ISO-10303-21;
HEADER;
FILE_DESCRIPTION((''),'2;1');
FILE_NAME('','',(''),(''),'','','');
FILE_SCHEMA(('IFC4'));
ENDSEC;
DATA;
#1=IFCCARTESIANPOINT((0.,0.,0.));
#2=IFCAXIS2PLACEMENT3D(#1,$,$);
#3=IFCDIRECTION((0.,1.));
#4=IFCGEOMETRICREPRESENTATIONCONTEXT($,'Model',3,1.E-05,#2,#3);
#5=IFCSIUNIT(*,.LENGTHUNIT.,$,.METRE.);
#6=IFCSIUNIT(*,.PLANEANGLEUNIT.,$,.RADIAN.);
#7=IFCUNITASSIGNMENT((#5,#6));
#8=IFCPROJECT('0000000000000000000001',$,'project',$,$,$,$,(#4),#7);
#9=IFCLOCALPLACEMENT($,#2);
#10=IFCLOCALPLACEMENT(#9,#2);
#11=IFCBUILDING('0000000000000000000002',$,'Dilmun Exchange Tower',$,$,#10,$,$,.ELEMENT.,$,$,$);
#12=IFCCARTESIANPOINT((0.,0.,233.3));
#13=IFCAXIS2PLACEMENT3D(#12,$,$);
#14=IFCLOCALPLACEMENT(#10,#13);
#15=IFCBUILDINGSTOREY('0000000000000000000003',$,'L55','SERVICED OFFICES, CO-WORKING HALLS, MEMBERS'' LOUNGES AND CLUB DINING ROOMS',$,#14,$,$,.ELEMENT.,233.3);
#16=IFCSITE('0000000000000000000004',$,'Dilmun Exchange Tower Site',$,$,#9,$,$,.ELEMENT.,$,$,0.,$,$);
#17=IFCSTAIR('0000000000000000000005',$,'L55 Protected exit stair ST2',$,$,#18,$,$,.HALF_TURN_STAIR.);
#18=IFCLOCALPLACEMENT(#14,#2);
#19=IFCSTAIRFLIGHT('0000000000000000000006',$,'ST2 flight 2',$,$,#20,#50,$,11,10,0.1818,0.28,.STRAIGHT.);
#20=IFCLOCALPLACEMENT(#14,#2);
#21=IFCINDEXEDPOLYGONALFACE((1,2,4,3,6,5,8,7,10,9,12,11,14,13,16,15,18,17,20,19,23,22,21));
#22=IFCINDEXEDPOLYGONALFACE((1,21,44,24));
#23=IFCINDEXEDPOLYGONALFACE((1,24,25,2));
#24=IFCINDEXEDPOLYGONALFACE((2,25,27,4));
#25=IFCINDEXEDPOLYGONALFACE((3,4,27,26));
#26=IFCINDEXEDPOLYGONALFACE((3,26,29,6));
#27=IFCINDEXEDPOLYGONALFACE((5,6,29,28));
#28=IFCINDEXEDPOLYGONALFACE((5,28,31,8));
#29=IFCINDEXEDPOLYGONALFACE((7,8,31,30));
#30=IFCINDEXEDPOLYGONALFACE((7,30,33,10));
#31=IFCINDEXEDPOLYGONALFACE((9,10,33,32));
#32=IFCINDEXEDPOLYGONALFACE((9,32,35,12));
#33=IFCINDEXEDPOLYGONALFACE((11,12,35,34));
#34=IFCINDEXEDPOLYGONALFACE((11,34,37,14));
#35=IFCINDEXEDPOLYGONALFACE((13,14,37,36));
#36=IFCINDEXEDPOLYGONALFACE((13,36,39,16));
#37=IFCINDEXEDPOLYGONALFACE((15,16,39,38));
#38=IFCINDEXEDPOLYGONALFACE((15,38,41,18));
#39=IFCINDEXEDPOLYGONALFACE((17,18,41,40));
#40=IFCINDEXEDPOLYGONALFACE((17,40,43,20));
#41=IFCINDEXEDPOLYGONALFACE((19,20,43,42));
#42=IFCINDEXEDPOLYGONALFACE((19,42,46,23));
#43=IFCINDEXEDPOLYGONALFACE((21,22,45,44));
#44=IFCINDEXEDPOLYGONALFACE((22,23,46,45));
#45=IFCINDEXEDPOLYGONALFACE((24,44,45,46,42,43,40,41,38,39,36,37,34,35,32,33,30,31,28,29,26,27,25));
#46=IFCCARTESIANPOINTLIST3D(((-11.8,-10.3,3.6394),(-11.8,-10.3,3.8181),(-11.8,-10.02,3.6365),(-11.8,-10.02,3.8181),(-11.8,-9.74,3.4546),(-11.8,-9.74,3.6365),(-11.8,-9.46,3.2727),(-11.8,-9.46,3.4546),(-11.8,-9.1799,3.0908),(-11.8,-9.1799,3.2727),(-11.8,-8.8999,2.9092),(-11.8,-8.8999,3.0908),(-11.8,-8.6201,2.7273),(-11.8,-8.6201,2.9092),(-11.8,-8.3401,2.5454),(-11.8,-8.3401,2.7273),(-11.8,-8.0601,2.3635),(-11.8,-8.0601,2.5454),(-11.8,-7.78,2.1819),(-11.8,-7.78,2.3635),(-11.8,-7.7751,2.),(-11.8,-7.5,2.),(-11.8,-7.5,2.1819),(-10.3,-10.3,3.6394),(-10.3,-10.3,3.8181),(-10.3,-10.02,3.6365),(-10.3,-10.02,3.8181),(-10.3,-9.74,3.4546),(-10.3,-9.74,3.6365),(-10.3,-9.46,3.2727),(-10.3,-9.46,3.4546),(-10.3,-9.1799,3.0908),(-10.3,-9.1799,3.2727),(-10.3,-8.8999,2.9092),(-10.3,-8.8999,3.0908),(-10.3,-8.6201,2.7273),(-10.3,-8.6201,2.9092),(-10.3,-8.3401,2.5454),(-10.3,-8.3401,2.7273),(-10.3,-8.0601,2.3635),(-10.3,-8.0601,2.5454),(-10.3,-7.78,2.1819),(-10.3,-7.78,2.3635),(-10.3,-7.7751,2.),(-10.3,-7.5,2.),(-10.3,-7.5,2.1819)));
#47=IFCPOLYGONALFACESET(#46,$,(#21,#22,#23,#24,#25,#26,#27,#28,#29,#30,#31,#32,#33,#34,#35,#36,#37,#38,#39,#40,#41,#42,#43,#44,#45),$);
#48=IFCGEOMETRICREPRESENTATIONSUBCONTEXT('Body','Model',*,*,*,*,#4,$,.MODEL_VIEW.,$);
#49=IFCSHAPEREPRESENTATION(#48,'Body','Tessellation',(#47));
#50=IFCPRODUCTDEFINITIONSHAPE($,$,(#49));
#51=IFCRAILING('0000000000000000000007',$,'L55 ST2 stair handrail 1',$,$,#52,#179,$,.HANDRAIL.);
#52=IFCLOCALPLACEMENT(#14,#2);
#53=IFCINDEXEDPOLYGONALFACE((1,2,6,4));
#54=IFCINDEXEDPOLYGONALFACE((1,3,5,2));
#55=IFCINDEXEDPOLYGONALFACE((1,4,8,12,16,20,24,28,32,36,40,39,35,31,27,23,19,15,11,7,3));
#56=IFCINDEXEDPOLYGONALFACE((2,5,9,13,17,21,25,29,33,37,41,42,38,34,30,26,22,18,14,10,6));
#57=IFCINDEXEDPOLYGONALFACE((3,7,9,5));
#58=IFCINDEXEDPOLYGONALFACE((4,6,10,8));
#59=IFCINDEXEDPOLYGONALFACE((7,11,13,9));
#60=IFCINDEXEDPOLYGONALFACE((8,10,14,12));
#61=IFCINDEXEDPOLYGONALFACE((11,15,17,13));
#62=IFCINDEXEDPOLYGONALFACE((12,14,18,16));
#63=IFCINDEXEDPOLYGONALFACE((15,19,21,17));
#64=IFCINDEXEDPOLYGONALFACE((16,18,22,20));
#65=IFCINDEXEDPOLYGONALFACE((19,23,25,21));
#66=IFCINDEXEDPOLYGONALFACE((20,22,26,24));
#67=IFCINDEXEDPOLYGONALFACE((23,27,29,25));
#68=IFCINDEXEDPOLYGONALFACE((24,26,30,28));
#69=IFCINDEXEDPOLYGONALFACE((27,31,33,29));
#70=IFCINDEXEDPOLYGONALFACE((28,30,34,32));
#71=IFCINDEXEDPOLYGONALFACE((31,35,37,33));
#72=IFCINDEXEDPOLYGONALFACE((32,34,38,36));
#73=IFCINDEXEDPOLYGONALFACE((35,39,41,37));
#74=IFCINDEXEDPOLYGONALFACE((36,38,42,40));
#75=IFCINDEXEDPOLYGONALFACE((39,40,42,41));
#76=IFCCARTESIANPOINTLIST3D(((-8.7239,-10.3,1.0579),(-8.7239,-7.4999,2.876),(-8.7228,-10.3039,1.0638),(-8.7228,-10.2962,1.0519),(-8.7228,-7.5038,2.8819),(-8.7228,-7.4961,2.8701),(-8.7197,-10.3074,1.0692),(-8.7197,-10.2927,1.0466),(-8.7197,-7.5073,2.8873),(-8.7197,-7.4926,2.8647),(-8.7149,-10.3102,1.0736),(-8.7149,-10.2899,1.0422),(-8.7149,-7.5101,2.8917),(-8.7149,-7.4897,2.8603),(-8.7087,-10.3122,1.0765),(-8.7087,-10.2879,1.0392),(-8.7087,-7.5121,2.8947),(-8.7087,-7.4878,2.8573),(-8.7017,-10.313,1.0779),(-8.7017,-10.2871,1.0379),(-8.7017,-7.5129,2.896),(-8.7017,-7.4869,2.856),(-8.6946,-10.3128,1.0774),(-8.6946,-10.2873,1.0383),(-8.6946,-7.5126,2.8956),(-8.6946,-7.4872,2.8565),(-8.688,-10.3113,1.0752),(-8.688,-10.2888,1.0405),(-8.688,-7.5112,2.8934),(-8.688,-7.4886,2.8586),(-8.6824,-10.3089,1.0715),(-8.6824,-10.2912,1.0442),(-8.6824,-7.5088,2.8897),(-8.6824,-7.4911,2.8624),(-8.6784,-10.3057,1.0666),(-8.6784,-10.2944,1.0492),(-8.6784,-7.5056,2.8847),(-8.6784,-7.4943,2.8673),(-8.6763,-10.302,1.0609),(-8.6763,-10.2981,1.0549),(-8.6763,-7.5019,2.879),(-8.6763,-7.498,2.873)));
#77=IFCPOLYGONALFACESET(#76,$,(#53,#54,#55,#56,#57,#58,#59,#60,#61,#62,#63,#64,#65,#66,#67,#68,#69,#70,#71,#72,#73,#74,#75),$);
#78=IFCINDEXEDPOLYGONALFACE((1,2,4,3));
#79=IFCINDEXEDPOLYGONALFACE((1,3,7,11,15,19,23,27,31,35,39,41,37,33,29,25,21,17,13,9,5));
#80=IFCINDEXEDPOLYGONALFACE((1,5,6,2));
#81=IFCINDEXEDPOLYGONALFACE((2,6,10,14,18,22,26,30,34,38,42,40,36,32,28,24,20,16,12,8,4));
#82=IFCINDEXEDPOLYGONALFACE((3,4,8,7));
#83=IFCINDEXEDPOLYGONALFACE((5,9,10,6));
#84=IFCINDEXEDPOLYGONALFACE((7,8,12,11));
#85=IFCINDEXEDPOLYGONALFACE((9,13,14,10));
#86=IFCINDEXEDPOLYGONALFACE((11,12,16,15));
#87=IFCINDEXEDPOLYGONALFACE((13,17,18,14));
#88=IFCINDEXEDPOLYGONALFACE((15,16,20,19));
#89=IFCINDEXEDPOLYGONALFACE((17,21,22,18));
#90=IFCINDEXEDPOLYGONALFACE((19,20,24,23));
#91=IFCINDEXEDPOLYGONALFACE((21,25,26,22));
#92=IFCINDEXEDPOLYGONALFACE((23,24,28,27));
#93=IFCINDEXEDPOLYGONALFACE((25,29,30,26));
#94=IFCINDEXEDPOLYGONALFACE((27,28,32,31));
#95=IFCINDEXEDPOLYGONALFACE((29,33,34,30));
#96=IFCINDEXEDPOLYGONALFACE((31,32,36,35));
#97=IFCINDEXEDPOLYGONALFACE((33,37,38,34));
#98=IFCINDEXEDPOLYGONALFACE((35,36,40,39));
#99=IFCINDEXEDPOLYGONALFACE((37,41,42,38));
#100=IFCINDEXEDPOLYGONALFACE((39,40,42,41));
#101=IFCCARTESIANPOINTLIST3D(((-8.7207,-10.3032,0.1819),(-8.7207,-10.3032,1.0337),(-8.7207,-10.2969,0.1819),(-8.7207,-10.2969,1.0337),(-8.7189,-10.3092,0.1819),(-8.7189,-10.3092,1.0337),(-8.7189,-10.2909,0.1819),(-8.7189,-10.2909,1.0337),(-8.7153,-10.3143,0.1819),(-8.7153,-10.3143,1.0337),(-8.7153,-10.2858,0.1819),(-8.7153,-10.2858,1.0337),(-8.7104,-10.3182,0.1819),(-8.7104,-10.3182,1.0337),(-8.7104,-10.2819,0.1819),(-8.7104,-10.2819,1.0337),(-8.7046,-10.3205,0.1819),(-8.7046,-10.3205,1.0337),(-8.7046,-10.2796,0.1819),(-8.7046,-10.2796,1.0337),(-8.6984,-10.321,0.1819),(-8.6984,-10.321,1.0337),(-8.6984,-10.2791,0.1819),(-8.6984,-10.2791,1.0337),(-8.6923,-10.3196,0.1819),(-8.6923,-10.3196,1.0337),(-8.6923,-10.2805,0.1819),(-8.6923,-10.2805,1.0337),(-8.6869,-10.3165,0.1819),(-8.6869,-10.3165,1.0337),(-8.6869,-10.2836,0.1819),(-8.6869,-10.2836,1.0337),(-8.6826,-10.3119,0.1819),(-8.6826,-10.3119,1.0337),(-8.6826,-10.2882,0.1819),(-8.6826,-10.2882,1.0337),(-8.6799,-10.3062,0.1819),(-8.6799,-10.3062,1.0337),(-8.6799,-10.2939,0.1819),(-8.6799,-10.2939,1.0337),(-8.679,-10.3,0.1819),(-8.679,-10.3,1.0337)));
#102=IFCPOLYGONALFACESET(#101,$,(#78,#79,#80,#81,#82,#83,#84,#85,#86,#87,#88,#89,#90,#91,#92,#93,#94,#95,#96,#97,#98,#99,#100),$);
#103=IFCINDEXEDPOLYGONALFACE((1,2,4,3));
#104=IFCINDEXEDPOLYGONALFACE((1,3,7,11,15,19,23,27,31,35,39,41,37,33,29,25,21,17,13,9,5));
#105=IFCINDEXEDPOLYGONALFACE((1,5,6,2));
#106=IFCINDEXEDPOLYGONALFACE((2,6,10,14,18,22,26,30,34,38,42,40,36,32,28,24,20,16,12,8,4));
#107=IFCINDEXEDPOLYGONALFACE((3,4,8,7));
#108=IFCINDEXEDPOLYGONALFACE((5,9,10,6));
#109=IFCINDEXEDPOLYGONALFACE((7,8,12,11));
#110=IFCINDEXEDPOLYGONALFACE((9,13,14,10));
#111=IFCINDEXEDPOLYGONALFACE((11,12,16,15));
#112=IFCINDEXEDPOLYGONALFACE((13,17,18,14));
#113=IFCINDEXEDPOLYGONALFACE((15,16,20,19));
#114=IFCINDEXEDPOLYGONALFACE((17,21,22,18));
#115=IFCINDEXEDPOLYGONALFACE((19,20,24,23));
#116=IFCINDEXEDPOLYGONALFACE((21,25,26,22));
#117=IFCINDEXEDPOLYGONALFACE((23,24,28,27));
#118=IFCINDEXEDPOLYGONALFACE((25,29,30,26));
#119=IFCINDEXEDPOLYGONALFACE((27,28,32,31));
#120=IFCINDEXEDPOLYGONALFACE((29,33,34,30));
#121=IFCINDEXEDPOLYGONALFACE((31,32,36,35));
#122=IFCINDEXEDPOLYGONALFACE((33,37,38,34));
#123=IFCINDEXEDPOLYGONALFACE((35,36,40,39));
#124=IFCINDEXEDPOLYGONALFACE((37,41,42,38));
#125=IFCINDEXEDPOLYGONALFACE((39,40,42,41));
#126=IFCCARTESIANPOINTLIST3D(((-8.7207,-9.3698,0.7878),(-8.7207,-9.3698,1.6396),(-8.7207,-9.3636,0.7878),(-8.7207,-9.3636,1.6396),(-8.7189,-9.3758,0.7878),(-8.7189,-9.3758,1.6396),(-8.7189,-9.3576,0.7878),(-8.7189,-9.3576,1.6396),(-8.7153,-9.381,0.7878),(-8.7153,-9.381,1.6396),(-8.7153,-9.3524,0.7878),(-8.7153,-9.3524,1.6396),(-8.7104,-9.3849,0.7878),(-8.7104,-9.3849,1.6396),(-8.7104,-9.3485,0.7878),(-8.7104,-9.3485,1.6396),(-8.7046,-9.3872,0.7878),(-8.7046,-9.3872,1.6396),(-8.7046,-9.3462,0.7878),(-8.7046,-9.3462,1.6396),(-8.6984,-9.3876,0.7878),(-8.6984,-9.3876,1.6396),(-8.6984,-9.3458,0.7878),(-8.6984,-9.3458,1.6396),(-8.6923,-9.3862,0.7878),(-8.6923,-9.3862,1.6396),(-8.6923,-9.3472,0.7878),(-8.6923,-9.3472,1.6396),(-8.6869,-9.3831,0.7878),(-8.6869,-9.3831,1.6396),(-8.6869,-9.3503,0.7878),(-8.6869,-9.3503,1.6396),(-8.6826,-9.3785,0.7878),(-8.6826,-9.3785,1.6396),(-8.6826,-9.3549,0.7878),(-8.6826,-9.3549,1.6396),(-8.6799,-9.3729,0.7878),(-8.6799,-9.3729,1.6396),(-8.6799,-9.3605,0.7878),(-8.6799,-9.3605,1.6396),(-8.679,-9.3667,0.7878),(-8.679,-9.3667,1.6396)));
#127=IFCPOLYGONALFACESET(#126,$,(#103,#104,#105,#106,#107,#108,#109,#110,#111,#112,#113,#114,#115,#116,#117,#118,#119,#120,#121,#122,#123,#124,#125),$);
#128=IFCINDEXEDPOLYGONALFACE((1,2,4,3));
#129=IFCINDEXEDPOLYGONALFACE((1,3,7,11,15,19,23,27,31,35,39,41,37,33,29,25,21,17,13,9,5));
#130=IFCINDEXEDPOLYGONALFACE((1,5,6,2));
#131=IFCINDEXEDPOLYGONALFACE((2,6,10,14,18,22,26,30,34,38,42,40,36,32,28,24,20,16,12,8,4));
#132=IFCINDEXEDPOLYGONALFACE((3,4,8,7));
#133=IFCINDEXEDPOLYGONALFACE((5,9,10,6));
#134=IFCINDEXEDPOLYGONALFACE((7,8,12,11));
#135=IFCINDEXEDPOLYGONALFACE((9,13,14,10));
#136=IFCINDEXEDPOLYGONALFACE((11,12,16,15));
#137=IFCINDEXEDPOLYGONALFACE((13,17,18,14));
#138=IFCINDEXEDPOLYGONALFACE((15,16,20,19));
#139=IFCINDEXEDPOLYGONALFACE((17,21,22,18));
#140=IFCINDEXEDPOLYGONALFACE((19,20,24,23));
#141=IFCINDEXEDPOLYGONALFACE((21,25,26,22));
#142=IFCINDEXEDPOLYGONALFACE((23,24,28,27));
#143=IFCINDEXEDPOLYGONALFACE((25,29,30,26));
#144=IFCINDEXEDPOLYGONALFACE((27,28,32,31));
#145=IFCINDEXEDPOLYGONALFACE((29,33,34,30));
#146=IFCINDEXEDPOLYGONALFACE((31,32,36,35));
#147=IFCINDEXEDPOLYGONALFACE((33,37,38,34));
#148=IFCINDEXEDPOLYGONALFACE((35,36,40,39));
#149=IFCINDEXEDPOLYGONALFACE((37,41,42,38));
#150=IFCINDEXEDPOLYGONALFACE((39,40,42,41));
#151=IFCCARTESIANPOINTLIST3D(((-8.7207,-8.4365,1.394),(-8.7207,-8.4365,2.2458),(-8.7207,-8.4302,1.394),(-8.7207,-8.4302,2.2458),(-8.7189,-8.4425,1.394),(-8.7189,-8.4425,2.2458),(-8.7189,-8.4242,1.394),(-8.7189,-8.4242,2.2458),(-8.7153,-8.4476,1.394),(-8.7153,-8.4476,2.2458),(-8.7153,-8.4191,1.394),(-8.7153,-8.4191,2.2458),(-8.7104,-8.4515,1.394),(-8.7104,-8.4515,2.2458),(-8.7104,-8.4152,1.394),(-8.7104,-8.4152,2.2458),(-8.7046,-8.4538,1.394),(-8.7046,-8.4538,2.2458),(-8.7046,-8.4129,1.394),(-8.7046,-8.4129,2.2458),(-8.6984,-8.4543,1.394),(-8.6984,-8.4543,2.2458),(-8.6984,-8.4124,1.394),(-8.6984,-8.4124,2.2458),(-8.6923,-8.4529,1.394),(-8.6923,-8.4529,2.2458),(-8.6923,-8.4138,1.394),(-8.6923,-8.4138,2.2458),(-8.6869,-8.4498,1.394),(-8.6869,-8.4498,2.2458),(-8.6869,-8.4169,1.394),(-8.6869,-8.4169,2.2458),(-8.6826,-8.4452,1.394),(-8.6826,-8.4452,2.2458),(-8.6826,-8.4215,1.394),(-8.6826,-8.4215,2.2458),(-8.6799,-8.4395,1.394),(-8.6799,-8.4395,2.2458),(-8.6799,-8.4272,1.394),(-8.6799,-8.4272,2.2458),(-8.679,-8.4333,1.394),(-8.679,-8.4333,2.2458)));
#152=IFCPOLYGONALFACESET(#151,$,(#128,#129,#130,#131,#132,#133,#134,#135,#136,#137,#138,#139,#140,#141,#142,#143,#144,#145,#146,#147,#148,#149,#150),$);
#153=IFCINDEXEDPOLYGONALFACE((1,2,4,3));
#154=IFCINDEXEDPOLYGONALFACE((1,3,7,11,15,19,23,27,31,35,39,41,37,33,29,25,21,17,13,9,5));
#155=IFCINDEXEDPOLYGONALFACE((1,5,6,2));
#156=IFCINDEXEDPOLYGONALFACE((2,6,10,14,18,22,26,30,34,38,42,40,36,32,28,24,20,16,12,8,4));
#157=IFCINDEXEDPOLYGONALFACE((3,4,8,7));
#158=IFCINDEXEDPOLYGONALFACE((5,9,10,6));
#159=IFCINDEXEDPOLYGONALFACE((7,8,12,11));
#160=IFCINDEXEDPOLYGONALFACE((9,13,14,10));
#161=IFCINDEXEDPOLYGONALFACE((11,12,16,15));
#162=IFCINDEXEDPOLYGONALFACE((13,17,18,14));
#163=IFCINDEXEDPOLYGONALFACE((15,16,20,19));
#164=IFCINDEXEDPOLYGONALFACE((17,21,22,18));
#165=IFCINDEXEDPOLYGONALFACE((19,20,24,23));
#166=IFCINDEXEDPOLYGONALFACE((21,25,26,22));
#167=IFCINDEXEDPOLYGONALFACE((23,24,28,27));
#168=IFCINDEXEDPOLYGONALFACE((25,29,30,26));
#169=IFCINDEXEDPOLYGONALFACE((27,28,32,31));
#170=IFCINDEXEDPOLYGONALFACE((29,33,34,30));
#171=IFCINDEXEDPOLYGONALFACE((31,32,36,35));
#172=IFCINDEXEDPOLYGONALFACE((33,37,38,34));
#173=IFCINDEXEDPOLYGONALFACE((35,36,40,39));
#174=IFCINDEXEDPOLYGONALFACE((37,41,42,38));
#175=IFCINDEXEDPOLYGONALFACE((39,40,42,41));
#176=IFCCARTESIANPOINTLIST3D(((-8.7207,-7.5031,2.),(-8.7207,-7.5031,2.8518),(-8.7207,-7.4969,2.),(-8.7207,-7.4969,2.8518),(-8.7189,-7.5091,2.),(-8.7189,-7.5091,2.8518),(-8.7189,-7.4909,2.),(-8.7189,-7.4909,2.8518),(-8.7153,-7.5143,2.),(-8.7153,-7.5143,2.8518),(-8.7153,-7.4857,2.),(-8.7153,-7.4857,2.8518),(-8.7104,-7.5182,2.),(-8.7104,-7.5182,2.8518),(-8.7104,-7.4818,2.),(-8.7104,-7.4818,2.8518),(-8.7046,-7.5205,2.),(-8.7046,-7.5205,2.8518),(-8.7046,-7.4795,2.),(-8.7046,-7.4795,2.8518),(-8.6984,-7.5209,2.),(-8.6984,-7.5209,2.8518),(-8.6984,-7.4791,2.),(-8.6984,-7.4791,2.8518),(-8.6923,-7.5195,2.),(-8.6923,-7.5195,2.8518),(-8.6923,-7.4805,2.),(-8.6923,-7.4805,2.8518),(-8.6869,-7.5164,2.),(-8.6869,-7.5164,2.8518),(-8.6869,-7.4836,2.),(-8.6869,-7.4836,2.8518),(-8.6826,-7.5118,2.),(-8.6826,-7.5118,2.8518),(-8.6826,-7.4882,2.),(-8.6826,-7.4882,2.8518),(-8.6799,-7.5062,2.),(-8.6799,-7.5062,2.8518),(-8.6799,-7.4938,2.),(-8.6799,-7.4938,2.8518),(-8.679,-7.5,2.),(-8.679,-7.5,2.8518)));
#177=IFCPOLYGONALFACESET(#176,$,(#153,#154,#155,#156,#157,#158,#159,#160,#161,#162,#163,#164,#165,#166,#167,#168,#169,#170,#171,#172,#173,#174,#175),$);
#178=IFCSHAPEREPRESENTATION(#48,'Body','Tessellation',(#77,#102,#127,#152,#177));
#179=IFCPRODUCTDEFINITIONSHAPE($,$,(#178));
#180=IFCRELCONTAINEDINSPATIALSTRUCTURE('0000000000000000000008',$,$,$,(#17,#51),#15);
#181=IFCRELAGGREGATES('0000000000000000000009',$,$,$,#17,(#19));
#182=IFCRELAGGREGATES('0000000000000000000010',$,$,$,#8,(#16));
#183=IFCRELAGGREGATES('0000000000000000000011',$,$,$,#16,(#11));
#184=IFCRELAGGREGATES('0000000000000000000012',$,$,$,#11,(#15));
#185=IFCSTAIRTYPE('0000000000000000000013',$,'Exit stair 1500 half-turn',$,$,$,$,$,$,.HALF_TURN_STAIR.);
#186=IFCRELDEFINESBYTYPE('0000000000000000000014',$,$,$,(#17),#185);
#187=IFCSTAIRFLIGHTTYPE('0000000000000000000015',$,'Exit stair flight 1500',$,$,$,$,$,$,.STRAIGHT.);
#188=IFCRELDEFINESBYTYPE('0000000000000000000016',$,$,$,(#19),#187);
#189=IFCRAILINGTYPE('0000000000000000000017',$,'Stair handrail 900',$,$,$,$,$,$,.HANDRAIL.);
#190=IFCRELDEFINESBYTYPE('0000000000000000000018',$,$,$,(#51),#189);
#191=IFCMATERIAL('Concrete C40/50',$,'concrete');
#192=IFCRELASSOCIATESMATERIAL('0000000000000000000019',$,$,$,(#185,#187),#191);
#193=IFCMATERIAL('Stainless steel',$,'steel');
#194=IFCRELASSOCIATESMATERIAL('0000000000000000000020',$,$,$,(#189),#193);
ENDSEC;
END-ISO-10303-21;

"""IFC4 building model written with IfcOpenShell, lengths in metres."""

from ifc_helpers import new_model, si_unit, direction, frame, origin, origin_2d, place, context, subcontext, project, spatial, polyline, circle, outline, extrude, material, type_object, element, aggregate, save


model = new_model("IFC4")

# Units and contexts
model_context = context("Model", 3, precision=1e-05, world=origin(), true_north=direction((0.0, 1.0)))
body_context = subcontext(model_context, "Body", "Model", "MODEL_VIEW")
ifc_project = project(units=[si_unit("LENGTHUNIT", "METRE"), si_unit("PLANEANGLEUNIT", "RADIAN")], contexts=[model_context])

# Site, building, storey
site_placement = place(None, origin())
site = spatial("IfcSite", under=ifc_project, at=site_placement, Name="Dilmun Exchange Tower Site", CompositionType="ELEMENT", RefElevation=0.0)
building_placement = place(site_placement, origin())
building = spatial("IfcBuilding", under=site, at=building_placement, Name="Dilmun Exchange Tower", CompositionType="ELEMENT")
storey_placement = place(building_placement, frame((0.0, 0.0, 233.3)))
storey = spatial("IfcBuildingStorey", under=building, at=storey_placement, Name="L55", Description="SERVICED OFFICES, CO-WORKING HALLS, MEMBERS' LOUNGES AND CLUB DINING ROOMS", CompositionType="ELEMENT", Elevation=233.3)

# Shared definitions
ifc_material_1 = material(Name="Concrete C40/50", Category="concrete")

# Stair, stair flight
stair_type = type_object("IfcStairType", Name="Exit stair 1500 half-turn", PredefinedType="HALF_TURN_STAIR", material=ifc_material_1)
stair_placement = place(storey_placement, origin())
stair = element("IfcStair", 1, at=stair_placement, inside=storey, type_object=stair_type, Name="L55 Protected exit stair ST2", PredefinedType="HALF_TURN_STAIR")
stair_flight_type = type_object("IfcStairFlightType", Name="Exit stair flight 1500", PredefinedType="STRAIGHT", material=ifc_material_1)
stair_flight_placement = place(storey_placement, frame((-11.05, -7.5, 2.0), z_axis=(0.0, 0.0, 1.0), x_axis=(0.0, -1.0, 0.0)))
stair_flight = element("IfcStairFlight", 2, at=stair_flight_placement, type_object=stair_flight_type, Name="ST2 flight 2", NumberOfRisers=11, NumberOfTreads=10, PredefinedType="STRAIGHT", RiserHeight=0.1818, TreadLength=0.28, context=body_context, shape_type="SweptSolid", body=[
    extrude(outline(polyline([(0.0, 0.0), (0.0, 0.1819), (0.28, 0.1819), (0.28, 0.3635), (0.5601, 0.3635), (0.5601, 0.5454), (0.8401, 0.5454), (0.8401, 0.7273), (1.1201, 0.7273), (1.1201, 0.9092), (1.3999, 0.9092), (1.3999, 1.0908), (1.6799, 1.0908), (1.6799, 1.2727), (1.96, 1.2727), (1.96, 1.4546), (2.24, 1.4546), (2.24, 1.6365), (2.52, 1.6365), (2.52, 1.8181), (2.8, 1.8181), (2.8, 2.0), (2.8, 1.6394), (0.2751, 0.0), (0.0, 0.0)])), frame((0.0, 0.75, 0.0), z_axis=(0.0, -1.0, 0.0), x_axis=(1.0, 0.0, 0.0)), (0.0, 0.0, 1.0), 1.5),
])
aggregate(stair, [stair_flight])

# Railing
ifc_material_2 = material(Name="Stainless steel", Category="steel")
railing_type = type_object("IfcRailingType", Name="Stair handrail 900", PredefinedType="HANDRAIL", material=ifc_material_2)
railing_1_placement = place(storey_placement, frame((-8.7, -10.3, 0.1819)))
element("IfcRailing", 3, at=railing_1_placement, inside=storey, type_object=railing_type, Name="L55 ST2 stair handrail 1", PredefinedType="HANDRAIL", context=body_context, shape_type="SweptSolid", body=[
    extrude(circle(Radius=0.0239, at=origin_2d()), frame((0.0, 0.0, 0.876), z_axis=(0.0, 0.838706, 0.544585), x_axis=(-1.0, 0.0, 0.0)), (0.0, 0.0, 1.0), 3.3386),
    extrude(circle(Radius=0.021, at=origin_2d()), origin(), (0.0, 0.0, 1.0), 0.8518),
    extrude(circle(Radius=0.021, at=origin_2d()), frame((0.0, 0.9333, 0.606)), (0.0, 0.0, 1.0), 0.8518),
    extrude(circle(Radius=0.021, at=origin_2d()), frame((0.0, 1.8667, 1.2122)), (0.0, 0.0, 1.0), 0.8518),
    extrude(circle(Radius=0.021, at=origin_2d()), frame((0.0, 2.8, 1.8181)), (0.0, 0.0, 1.0), 0.8518),
])

save(model, "model.ifc")
